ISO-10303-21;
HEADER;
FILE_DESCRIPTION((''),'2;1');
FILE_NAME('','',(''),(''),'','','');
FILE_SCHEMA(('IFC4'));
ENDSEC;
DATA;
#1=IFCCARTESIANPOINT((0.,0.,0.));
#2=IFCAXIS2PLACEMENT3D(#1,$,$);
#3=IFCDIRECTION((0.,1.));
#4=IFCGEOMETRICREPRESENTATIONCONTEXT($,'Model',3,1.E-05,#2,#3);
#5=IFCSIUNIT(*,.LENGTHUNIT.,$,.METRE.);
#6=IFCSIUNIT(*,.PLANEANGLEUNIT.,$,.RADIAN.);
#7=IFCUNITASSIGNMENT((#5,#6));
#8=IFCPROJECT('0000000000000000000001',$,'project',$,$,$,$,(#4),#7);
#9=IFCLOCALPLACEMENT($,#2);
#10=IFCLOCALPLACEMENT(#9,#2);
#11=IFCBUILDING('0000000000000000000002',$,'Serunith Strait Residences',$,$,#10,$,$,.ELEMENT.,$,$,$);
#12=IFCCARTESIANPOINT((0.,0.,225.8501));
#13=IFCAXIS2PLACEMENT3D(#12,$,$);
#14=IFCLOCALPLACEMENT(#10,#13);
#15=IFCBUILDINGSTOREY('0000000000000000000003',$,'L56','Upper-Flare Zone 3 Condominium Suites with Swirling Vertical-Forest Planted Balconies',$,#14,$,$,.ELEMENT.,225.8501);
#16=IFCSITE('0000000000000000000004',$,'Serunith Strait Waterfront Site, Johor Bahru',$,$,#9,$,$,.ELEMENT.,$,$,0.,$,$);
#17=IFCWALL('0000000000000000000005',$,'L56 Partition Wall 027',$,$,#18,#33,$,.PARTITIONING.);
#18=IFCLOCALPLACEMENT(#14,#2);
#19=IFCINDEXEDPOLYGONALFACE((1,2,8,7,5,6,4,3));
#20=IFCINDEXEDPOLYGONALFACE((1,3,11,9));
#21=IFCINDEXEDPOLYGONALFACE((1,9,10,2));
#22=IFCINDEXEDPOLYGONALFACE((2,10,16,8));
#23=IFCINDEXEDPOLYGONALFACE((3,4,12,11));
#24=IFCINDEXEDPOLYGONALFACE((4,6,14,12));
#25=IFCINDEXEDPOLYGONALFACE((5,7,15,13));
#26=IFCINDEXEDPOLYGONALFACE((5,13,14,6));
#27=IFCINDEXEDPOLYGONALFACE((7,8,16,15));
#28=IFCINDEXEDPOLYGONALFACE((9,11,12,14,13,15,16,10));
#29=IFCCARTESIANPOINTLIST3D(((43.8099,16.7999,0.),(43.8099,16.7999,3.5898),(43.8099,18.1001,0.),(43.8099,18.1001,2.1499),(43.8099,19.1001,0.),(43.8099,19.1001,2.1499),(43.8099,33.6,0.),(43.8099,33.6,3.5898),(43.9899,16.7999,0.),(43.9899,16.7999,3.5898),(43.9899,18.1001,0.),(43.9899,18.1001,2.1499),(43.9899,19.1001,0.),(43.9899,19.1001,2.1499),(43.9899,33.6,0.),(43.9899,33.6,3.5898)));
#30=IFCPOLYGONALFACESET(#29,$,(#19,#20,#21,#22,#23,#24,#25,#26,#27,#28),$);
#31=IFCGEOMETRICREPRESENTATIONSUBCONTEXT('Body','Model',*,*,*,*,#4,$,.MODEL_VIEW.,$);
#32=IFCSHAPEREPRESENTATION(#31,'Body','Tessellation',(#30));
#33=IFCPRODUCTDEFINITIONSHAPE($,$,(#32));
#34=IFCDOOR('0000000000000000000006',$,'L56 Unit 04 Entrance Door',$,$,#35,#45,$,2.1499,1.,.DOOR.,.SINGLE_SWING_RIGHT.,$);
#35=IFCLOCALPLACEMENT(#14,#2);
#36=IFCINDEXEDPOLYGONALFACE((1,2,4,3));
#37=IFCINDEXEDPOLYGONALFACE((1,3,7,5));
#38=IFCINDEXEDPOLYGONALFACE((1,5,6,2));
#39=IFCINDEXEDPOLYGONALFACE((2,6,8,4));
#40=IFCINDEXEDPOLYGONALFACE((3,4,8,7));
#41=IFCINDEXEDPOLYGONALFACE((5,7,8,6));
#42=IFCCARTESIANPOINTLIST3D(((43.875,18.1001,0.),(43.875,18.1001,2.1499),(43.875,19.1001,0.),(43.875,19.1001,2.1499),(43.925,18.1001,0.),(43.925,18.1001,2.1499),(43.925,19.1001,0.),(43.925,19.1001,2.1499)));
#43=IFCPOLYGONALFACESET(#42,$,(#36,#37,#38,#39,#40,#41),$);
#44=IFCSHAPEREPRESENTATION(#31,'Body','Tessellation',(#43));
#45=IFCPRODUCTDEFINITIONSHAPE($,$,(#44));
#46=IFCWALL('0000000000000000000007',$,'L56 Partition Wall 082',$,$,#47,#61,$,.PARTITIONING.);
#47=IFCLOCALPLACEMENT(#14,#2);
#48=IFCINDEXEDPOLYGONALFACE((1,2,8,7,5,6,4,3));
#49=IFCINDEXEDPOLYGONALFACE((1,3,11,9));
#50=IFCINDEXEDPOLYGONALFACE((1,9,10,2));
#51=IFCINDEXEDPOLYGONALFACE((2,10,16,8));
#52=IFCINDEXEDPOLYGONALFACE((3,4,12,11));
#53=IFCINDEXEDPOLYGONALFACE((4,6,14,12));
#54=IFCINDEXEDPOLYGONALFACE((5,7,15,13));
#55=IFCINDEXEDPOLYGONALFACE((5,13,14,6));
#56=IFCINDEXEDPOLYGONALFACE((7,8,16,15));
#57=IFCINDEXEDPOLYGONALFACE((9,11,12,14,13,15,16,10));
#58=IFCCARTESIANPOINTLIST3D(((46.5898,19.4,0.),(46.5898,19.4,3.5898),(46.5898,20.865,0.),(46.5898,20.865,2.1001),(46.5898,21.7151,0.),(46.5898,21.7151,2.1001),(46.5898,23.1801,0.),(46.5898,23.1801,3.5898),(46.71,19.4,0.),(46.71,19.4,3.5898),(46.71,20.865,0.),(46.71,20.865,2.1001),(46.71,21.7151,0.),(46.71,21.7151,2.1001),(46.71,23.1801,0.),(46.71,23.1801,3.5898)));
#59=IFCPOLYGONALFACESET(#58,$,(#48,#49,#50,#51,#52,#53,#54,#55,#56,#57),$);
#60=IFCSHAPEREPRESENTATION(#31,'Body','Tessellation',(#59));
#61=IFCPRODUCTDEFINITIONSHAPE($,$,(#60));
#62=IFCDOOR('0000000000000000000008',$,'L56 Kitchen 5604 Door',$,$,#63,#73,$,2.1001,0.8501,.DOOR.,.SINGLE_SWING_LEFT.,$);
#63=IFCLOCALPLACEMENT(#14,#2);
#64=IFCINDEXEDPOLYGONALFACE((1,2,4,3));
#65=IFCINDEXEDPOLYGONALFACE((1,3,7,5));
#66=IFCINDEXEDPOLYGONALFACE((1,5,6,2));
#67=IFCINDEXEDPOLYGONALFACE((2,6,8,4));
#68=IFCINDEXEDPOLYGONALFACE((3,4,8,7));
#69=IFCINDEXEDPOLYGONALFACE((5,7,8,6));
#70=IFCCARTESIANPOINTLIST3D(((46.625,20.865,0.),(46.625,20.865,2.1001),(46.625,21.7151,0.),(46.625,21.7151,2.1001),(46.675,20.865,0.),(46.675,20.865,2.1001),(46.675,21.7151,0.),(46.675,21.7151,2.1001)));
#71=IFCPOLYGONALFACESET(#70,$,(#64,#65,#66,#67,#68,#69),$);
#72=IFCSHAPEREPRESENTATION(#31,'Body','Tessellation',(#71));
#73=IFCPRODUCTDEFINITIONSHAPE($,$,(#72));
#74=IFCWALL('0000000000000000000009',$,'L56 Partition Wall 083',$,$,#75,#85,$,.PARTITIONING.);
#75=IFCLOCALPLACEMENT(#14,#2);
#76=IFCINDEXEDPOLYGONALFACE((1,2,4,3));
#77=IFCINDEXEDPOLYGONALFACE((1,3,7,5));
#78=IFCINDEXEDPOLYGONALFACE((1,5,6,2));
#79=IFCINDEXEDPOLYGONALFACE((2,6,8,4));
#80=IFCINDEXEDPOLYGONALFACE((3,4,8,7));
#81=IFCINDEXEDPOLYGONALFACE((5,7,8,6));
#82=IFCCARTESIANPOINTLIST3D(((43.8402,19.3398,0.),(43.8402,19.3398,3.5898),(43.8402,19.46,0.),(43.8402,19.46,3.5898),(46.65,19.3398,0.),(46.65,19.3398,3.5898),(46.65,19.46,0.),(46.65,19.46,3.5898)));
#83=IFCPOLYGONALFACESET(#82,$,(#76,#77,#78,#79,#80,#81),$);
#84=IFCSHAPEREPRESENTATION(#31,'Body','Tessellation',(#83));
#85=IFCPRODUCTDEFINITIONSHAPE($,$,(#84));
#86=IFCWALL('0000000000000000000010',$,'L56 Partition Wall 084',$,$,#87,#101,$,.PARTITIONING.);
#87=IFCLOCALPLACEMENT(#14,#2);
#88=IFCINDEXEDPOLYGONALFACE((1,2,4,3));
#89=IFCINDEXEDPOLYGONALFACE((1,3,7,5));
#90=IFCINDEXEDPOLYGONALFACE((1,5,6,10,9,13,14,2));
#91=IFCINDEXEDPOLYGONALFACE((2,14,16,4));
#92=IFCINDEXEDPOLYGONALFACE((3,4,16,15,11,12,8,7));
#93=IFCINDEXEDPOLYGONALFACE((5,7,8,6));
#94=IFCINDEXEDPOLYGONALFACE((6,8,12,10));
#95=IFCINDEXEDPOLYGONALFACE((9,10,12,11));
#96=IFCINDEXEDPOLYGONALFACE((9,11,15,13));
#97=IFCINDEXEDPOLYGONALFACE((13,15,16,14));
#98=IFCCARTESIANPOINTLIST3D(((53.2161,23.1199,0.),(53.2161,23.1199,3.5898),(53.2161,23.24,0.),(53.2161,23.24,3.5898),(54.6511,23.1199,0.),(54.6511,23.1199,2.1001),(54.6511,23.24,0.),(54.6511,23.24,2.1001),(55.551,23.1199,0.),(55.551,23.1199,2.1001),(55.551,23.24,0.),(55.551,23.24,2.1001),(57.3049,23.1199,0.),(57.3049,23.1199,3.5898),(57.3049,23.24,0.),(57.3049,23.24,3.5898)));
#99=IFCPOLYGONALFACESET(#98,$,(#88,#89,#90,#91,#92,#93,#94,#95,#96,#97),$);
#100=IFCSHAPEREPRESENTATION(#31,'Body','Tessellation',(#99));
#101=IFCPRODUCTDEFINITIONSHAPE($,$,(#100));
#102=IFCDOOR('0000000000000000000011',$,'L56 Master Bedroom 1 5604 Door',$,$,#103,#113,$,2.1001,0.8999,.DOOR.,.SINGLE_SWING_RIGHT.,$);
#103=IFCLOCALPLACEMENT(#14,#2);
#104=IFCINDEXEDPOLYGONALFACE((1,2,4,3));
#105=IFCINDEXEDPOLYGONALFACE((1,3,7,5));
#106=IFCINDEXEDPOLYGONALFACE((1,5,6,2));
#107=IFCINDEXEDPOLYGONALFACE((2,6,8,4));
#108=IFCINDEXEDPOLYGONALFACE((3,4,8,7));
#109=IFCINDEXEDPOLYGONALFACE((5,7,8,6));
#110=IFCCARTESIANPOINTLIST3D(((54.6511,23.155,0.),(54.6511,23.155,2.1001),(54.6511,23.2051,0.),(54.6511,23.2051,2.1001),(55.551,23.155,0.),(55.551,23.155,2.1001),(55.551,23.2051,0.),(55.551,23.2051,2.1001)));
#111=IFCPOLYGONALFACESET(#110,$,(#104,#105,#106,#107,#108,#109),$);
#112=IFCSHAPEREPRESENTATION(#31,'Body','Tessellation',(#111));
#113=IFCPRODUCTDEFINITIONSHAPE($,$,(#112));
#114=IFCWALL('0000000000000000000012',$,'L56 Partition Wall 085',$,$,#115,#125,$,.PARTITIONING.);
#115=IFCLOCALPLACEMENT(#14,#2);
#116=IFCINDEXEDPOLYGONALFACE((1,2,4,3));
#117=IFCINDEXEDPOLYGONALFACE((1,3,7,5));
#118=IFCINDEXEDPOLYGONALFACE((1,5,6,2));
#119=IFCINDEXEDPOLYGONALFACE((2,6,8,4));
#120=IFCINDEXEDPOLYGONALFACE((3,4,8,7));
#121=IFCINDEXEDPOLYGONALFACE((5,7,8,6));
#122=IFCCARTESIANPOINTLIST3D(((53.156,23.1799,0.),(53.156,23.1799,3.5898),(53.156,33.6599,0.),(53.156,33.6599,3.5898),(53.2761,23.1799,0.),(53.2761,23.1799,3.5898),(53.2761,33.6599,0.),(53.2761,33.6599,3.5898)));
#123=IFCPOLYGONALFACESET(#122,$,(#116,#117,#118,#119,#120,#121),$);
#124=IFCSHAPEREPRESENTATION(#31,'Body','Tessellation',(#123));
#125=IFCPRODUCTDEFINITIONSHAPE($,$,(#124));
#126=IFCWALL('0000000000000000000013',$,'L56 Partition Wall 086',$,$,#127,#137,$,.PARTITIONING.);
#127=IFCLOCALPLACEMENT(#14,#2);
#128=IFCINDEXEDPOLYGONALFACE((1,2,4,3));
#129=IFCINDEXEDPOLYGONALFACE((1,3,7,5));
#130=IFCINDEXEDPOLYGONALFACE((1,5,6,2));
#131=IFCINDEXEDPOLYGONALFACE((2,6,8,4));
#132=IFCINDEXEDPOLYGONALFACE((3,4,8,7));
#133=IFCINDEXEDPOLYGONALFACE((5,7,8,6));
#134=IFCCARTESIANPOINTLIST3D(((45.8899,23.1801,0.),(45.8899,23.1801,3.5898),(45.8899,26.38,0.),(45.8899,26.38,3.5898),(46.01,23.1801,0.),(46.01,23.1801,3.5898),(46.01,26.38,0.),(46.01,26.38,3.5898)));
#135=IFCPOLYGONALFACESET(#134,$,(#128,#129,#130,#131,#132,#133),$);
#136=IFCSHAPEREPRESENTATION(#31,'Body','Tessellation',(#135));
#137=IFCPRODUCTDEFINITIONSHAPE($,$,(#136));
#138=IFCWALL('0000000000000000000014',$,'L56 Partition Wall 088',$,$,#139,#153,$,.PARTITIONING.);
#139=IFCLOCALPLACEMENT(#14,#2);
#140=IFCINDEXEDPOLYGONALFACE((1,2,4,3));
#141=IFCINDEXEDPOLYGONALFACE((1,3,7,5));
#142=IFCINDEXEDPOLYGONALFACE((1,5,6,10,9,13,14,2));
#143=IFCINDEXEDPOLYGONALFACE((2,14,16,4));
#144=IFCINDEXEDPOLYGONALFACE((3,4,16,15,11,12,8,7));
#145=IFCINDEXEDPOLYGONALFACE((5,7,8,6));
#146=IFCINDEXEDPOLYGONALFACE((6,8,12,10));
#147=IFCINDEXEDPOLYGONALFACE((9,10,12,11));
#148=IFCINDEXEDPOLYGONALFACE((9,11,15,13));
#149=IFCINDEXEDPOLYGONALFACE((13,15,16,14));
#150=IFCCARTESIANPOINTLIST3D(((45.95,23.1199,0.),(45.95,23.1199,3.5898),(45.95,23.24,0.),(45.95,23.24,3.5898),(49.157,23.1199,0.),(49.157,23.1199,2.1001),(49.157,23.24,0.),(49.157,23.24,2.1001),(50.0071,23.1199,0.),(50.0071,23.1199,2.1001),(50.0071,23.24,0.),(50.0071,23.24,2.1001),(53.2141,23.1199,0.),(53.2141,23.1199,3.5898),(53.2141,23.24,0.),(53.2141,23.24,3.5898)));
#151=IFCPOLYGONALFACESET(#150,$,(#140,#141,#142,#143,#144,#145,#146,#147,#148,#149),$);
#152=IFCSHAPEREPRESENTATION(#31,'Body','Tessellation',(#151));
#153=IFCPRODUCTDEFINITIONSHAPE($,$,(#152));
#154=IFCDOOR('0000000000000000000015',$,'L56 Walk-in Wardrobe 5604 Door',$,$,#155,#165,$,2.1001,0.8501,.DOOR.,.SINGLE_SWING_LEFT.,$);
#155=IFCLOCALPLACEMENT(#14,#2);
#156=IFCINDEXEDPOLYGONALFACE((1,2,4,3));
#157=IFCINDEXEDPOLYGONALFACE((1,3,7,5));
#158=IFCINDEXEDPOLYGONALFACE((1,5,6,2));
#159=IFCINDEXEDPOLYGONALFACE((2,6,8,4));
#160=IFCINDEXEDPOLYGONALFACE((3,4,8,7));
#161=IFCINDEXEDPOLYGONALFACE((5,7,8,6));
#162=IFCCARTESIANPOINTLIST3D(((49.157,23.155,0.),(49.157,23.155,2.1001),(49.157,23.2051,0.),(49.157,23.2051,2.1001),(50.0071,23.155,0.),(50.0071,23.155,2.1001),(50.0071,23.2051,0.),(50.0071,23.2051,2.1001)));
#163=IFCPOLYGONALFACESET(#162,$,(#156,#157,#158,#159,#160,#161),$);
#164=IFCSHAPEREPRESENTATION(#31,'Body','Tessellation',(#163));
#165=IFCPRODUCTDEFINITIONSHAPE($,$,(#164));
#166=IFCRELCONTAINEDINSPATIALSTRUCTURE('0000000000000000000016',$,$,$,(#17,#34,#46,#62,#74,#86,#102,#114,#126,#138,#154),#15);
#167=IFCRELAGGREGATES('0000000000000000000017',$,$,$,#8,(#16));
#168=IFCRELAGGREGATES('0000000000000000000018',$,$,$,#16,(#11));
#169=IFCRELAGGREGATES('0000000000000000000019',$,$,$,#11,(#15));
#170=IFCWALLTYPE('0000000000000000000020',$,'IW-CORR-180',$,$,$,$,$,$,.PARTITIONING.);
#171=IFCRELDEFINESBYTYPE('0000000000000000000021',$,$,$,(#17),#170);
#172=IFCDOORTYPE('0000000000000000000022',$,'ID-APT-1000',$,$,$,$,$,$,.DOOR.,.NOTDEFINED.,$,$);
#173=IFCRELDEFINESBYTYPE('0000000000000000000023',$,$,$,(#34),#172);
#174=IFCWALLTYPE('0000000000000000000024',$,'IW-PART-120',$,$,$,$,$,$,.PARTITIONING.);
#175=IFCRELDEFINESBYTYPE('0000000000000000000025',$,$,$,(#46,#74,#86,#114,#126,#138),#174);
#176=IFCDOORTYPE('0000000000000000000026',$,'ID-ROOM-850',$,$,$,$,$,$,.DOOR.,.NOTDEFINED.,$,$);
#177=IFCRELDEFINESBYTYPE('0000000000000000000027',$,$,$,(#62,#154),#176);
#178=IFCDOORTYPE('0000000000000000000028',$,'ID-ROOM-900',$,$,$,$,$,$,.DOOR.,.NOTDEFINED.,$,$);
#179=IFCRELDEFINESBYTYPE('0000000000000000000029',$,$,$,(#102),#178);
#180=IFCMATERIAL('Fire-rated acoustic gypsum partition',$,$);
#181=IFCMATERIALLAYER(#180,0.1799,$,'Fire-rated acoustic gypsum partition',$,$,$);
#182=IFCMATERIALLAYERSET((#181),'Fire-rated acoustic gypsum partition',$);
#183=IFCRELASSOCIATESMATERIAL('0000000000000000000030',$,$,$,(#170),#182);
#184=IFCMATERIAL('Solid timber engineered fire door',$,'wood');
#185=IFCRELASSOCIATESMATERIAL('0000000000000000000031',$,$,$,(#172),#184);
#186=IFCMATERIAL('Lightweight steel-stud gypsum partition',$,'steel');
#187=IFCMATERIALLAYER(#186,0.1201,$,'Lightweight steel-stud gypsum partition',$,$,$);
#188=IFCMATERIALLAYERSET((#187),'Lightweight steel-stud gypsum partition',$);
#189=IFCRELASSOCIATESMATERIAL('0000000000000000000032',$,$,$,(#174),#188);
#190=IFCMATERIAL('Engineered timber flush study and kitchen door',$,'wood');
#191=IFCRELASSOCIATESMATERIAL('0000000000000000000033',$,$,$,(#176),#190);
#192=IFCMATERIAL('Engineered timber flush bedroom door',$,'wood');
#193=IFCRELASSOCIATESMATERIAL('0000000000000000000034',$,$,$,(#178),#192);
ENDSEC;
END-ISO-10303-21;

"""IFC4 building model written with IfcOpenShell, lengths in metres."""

from ifc_helpers import new_model, si_unit, direction, frame, frame_2d, origin, place, context, subcontext, project, spatial, rectangle, extrude, source, transform, mapped, material, layer, layer_set, type_object, element, fill, save


model = new_model("IFC4")

# Units and contexts
model_context = context("Model", 3, precision=1e-05, world=origin(), true_north=direction((0.0, 1.0)))
body_context = subcontext(model_context, "Body", "Model", "MODEL_VIEW")
ifc_project = project(units=[si_unit("LENGTHUNIT", "METRE"), si_unit("PLANEANGLEUNIT", "RADIAN")], contexts=[model_context])

# Site, building, storey
site_placement = place(None, origin())
site = spatial("IfcSite", under=ifc_project, at=site_placement, Name="Serunith Strait Waterfront Site, Johor Bahru", CompositionType="ELEMENT", RefElevation=0.0)
building_placement = place(site_placement, origin())
building = spatial("IfcBuilding", under=site, at=building_placement, Name="Serunith Strait Residences", CompositionType="ELEMENT")
storey_placement = place(building_placement, frame((0.0, 0.0, 225.8501)))
storey = spatial("IfcBuildingStorey", under=building, at=storey_placement, Name="L56", Description="Upper-Flare Zone 3 Condominium Suites with Swirling Vertical-Forest Planted Balconies", CompositionType="ELEMENT", Elevation=225.8501)

# Walls, openings, doors
ifc_material_1 = material(Name="Fire-rated acoustic gypsum partition")
ifc_layer_1 = layer(ifc_material_1, 0.1799, Name="Fire-rated acoustic gypsum partition")
ifc_layer_set_1 = layer_set([ifc_layer_1], Name="Fire-rated acoustic gypsum partition")
wall_type_1 = type_object("IfcWallType", Name="IW-CORR-180", PredefinedType="PARTITIONING", material=ifc_layer_set_1)
wall_1_placement = place(storey_placement, frame((43.8999, 16.8, 0.0), z_axis=(0.0, 0.0, 1.0), x_axis=(0.0, 1.0, 0.0)))
wall_1 = element("IfcWall", 1, at=wall_1_placement, inside=storey, type_object=wall_type_1, Name="L56 Partition Wall 027", PredefinedType="PARTITIONING", context=body_context, shape_type="SweptSolid", body=[
    extrude(rectangle(XDim=16.8, YDim=0.1799, at=frame_2d((8.3999, 0.0))), origin(), (0.0, 0.0, 1.0), 3.5898),
])
opening_1_placement = place(wall_1_placement, frame((1.3, 0.0, 0.0)))
opening_1 = element("IfcOpeningElement", 2, at=opening_1_placement, cuts=wall_1, PredefinedType="OPENING", context=body_context, shape_type="SweptSolid", body=[
    extrude(rectangle(XDim=1.0, YDim=2.1499, at=frame_2d((0.5, 1.075))), frame((0.0, 0.1001, 0.0), z_axis=(0.0, -1.0, 0.0), x_axis=(1.0, 0.0, 0.0)), (0.0, 0.0, 1.0), 0.2),
])
ifc_material_2 = material(Name="Solid timber engineered fire door", Category="wood")
door_type_1 = type_object("IfcDoorType", Name="ID-APT-1000", OperationType="NOTDEFINED", PredefinedType="DOOR", material=ifc_material_2)
shared_shape_1 = source(origin(), body_context, "Body", "SweptSolid", [
    extrude(rectangle(XDim=1.0, YDim=2.1499, at=frame_2d((0.5, 1.075))), frame((0.0, 0.0249, 0.0), z_axis=(0.0, -1.0, 0.0), x_axis=(1.0, 0.0, 0.0)), (0.0, 0.0, 1.0), 0.05),
])
door_1_placement = place(opening_1_placement, origin())
door_1 = element("IfcDoor", 3, at=door_1_placement, inside=storey, type_object=door_type_1, Name="L56 Unit 04 Entrance Door", OperationType="SINGLE_SWING_RIGHT", OverallHeight=2.1499, OverallWidth=1.0, PredefinedType="DOOR", context=body_context, shape_type="MappedRepresentation", body=[
    mapped(shared_shape_1, transform((0.0, 0.0, 0.0), scale=1.0)),
])
fill(opening_1, door_1)
ifc_material_3 = material(Name="Lightweight steel-stud gypsum partition", Category="steel")
ifc_layer_2 = layer(ifc_material_3, 0.1201, Name="Lightweight steel-stud gypsum partition")
ifc_layer_set_2 = layer_set([ifc_layer_2], Name="Lightweight steel-stud gypsum partition")
wall_type_2 = type_object("IfcWallType", Name="IW-PART-120", PredefinedType="PARTITIONING", material=ifc_layer_set_2)
wall_2_placement = place(storey_placement, frame((46.6499, 19.3999, 0.0), z_axis=(0.0, 0.0, 1.0), x_axis=(0.0, 1.0, 0.0)))
wall_2 = element("IfcWall", 4, at=wall_2_placement, inside=storey, type_object=wall_type_2, Name="L56 Partition Wall 082", PredefinedType="PARTITIONING", context=body_context, shape_type="SweptSolid", body=[
    extrude(rectangle(XDim=3.78, YDim=0.1201, at=frame_2d((1.8901, 0.0))), origin(), (0.0, 0.0, 1.0), 3.5898),
])
opening_2_placement = place(wall_2_placement, frame((1.4651, 0.0, 0.0)))
opening_2 = element("IfcOpeningElement", 5, at=opening_2_placement, cuts=wall_2, PredefinedType="OPENING", context=body_context, shape_type="SweptSolid", body=[
    extrude(rectangle(XDim=0.8501, YDim=2.1001, at=frame_2d((0.425, 1.05))), frame((0.0, 0.0701, 0.0), z_axis=(0.0, -1.0, 0.0), x_axis=(1.0, 0.0, 0.0)), (0.0, 0.0, 1.0), 0.1401),
])
ifc_material_4 = material(Name="Engineered timber flush study and kitchen door", Category="wood")
door_type_2 = type_object("IfcDoorType", Name="ID-ROOM-850", OperationType="NOTDEFINED", PredefinedType="DOOR", material=ifc_material_4)
shared_shape_2 = source(origin(), body_context, "Body", "SweptSolid", [
    extrude(rectangle(XDim=0.8501, YDim=2.1001, at=frame_2d((0.425, 1.05))), frame((0.0, 0.0249, 0.0), z_axis=(0.0, -1.0, 0.0), x_axis=(1.0, 0.0, 0.0)), (0.0, 0.0, 1.0), 0.05),
])
door_2_placement = place(opening_2_placement, origin())
door_2 = element("IfcDoor", 6, at=door_2_placement, inside=storey, type_object=door_type_2, Name="L56 Kitchen 5604 Door", OperationType="SINGLE_SWING_LEFT", OverallHeight=2.1001, OverallWidth=0.8501, PredefinedType="DOOR", context=body_context, shape_type="MappedRepresentation", body=[
    mapped(shared_shape_2, transform((0.0, 0.0, 0.0), scale=1.0)),
])
fill(opening_2, door_2)

# Wall
wall_3_placement = place(storey_placement, frame((46.6499, 19.3999, 0.0), z_axis=(0.0, 0.0, 1.0), x_axis=(-1.0, 0.0, 0.0)))
element("IfcWall", 7, at=wall_3_placement, inside=storey, type_object=wall_type_2, Name="L56 Partition Wall 083", PredefinedType="PARTITIONING", context=body_context, shape_type="SweptSolid", body=[
    extrude(rectangle(XDim=2.8098, YDim=0.1201, at=frame_2d((1.4048, 0.0))), origin(), (0.0, 0.0, 1.0), 3.5898),
])

# Wall, opening, door
wall_4_placement = place(storey_placement, frame((57.3049, 23.1799, 0.0), z_axis=(0.0, 0.0, 1.0), x_axis=(-1.0, 0.0, 0.0)))
wall_4 = element("IfcWall", 8, at=wall_4_placement, inside=storey, type_object=wall_type_2, Name="L56 Partition Wall 084", PredefinedType="PARTITIONING", context=body_context, shape_type="SweptSolid", body=[
    extrude(rectangle(XDim=4.0889, YDim=0.1201, at=frame_2d((2.0444, 0.0))), origin(), (0.0, 0.0, 1.0), 3.5898),
])
opening_3_placement = place(wall_4_placement, frame((1.7539, 0.0, 0.0)))
opening_3 = element("IfcOpeningElement", 9, at=opening_3_placement, cuts=wall_4, PredefinedType="OPENING", context=body_context, shape_type="SweptSolid", body=[
    extrude(rectangle(XDim=0.8999, YDim=2.1001, at=frame_2d((0.45, 1.05))), frame((0.0, 0.0701, 0.0), z_axis=(0.0, -1.0, 0.0), x_axis=(1.0, 0.0, 0.0)), (0.0, 0.0, 1.0), 0.1401),
])
ifc_material_5 = material(Name="Engineered timber flush bedroom door", Category="wood")
door_type_3 = type_object("IfcDoorType", Name="ID-ROOM-900", OperationType="NOTDEFINED", PredefinedType="DOOR", material=ifc_material_5)
shared_shape_3 = source(origin(), body_context, "Body", "SweptSolid", [
    extrude(rectangle(XDim=0.8999, YDim=2.1001, at=frame_2d((0.45, 1.05))), frame((0.0, 0.0249, 0.0), z_axis=(0.0, -1.0, 0.0), x_axis=(1.0, 0.0, 0.0)), (0.0, 0.0, 1.0), 0.05),
])
door_3_placement = place(opening_3_placement, origin())
door_3 = element("IfcDoor", 10, at=door_3_placement, inside=storey, type_object=door_type_3, Name="L56 Master Bedroom 1 5604 Door", OperationType="SINGLE_SWING_RIGHT", OverallHeight=2.1001, OverallWidth=0.8999, PredefinedType="DOOR", context=body_context, shape_type="MappedRepresentation", body=[
    mapped(shared_shape_3, transform((0.0, 0.0, 0.0), scale=1.0)),
])
fill(opening_3, door_3)

# Walls
wall_5_placement = place(storey_placement, frame((53.2161, 23.1799, 0.0), z_axis=(0.0, 0.0, 1.0), x_axis=(0.0, 1.0, 0.0)))
element("IfcWall", 11, at=wall_5_placement, inside=storey, type_object=wall_type_2, Name="L56 Partition Wall 085", PredefinedType="PARTITIONING", context=body_context, shape_type="SweptSolid", body=[
    extrude(rectangle(XDim=10.48, YDim=0.1201, at=frame_2d((5.24, 0.0))), origin(), (0.0, 0.0, 1.0), 3.5898),
])
wall_6_placement = place(storey_placement, frame((45.95, 23.1799, 0.0), z_axis=(0.0, 0.0, 1.0), x_axis=(0.0, 1.0, 0.0)))
element("IfcWall", 12, at=wall_6_placement, inside=storey, type_object=wall_type_2, Name="L56 Partition Wall 086", PredefinedType="PARTITIONING", context=body_context, shape_type="SweptSolid", body=[
    extrude(rectangle(XDim=3.2, YDim=0.1201, at=frame_2d((1.6001, 0.0))), origin(), (0.0, 0.0, 1.0), 3.5898),
])

# Wall, opening, door
wall_7_placement = place(storey_placement, frame((53.2141, 23.1799, 0.0), z_axis=(0.0, 0.0, 1.0), x_axis=(-1.0, 0.0, 0.0)))
wall_7 = element("IfcWall", 13, at=wall_7_placement, inside=storey, type_object=wall_type_2, Name="L56 Partition Wall 088", PredefinedType="PARTITIONING", context=body_context, shape_type="SweptSolid", body=[
    extrude(rectangle(XDim=7.2642, YDim=0.1201, at=frame_2d((3.6321, 0.0))), origin(), (0.0, 0.0, 1.0), 3.5898),
])
opening_4_placement = place(wall_7_placement, frame((3.207, 0.0, 0.0)))
opening_4 = element("IfcOpeningElement", 14, at=opening_4_placement, cuts=wall_7, PredefinedType="OPENING", context=body_context, shape_type="SweptSolid", body=[
    extrude(rectangle(XDim=0.8501, YDim=2.1001, at=frame_2d((0.425, 1.05))), frame((0.0, 0.0701, 0.0), z_axis=(0.0, -1.0, 0.0), x_axis=(1.0, 0.0, 0.0)), (0.0, 0.0, 1.0), 0.1401),
])
door_4_placement = place(opening_4_placement, origin())
door_4 = element("IfcDoor", 15, at=door_4_placement, inside=storey, type_object=door_type_2, Name="L56 Walk-in Wardrobe 5604 Door", OperationType="SINGLE_SWING_LEFT", OverallHeight=2.1001, OverallWidth=0.8501, PredefinedType="DOOR", context=body_context, shape_type="MappedRepresentation", body=[
    mapped(shared_shape_2, transform((0.0, 0.0, 0.0), scale=1.0)),
])
fill(opening_4, door_4)

save(model, "model.ifc")
